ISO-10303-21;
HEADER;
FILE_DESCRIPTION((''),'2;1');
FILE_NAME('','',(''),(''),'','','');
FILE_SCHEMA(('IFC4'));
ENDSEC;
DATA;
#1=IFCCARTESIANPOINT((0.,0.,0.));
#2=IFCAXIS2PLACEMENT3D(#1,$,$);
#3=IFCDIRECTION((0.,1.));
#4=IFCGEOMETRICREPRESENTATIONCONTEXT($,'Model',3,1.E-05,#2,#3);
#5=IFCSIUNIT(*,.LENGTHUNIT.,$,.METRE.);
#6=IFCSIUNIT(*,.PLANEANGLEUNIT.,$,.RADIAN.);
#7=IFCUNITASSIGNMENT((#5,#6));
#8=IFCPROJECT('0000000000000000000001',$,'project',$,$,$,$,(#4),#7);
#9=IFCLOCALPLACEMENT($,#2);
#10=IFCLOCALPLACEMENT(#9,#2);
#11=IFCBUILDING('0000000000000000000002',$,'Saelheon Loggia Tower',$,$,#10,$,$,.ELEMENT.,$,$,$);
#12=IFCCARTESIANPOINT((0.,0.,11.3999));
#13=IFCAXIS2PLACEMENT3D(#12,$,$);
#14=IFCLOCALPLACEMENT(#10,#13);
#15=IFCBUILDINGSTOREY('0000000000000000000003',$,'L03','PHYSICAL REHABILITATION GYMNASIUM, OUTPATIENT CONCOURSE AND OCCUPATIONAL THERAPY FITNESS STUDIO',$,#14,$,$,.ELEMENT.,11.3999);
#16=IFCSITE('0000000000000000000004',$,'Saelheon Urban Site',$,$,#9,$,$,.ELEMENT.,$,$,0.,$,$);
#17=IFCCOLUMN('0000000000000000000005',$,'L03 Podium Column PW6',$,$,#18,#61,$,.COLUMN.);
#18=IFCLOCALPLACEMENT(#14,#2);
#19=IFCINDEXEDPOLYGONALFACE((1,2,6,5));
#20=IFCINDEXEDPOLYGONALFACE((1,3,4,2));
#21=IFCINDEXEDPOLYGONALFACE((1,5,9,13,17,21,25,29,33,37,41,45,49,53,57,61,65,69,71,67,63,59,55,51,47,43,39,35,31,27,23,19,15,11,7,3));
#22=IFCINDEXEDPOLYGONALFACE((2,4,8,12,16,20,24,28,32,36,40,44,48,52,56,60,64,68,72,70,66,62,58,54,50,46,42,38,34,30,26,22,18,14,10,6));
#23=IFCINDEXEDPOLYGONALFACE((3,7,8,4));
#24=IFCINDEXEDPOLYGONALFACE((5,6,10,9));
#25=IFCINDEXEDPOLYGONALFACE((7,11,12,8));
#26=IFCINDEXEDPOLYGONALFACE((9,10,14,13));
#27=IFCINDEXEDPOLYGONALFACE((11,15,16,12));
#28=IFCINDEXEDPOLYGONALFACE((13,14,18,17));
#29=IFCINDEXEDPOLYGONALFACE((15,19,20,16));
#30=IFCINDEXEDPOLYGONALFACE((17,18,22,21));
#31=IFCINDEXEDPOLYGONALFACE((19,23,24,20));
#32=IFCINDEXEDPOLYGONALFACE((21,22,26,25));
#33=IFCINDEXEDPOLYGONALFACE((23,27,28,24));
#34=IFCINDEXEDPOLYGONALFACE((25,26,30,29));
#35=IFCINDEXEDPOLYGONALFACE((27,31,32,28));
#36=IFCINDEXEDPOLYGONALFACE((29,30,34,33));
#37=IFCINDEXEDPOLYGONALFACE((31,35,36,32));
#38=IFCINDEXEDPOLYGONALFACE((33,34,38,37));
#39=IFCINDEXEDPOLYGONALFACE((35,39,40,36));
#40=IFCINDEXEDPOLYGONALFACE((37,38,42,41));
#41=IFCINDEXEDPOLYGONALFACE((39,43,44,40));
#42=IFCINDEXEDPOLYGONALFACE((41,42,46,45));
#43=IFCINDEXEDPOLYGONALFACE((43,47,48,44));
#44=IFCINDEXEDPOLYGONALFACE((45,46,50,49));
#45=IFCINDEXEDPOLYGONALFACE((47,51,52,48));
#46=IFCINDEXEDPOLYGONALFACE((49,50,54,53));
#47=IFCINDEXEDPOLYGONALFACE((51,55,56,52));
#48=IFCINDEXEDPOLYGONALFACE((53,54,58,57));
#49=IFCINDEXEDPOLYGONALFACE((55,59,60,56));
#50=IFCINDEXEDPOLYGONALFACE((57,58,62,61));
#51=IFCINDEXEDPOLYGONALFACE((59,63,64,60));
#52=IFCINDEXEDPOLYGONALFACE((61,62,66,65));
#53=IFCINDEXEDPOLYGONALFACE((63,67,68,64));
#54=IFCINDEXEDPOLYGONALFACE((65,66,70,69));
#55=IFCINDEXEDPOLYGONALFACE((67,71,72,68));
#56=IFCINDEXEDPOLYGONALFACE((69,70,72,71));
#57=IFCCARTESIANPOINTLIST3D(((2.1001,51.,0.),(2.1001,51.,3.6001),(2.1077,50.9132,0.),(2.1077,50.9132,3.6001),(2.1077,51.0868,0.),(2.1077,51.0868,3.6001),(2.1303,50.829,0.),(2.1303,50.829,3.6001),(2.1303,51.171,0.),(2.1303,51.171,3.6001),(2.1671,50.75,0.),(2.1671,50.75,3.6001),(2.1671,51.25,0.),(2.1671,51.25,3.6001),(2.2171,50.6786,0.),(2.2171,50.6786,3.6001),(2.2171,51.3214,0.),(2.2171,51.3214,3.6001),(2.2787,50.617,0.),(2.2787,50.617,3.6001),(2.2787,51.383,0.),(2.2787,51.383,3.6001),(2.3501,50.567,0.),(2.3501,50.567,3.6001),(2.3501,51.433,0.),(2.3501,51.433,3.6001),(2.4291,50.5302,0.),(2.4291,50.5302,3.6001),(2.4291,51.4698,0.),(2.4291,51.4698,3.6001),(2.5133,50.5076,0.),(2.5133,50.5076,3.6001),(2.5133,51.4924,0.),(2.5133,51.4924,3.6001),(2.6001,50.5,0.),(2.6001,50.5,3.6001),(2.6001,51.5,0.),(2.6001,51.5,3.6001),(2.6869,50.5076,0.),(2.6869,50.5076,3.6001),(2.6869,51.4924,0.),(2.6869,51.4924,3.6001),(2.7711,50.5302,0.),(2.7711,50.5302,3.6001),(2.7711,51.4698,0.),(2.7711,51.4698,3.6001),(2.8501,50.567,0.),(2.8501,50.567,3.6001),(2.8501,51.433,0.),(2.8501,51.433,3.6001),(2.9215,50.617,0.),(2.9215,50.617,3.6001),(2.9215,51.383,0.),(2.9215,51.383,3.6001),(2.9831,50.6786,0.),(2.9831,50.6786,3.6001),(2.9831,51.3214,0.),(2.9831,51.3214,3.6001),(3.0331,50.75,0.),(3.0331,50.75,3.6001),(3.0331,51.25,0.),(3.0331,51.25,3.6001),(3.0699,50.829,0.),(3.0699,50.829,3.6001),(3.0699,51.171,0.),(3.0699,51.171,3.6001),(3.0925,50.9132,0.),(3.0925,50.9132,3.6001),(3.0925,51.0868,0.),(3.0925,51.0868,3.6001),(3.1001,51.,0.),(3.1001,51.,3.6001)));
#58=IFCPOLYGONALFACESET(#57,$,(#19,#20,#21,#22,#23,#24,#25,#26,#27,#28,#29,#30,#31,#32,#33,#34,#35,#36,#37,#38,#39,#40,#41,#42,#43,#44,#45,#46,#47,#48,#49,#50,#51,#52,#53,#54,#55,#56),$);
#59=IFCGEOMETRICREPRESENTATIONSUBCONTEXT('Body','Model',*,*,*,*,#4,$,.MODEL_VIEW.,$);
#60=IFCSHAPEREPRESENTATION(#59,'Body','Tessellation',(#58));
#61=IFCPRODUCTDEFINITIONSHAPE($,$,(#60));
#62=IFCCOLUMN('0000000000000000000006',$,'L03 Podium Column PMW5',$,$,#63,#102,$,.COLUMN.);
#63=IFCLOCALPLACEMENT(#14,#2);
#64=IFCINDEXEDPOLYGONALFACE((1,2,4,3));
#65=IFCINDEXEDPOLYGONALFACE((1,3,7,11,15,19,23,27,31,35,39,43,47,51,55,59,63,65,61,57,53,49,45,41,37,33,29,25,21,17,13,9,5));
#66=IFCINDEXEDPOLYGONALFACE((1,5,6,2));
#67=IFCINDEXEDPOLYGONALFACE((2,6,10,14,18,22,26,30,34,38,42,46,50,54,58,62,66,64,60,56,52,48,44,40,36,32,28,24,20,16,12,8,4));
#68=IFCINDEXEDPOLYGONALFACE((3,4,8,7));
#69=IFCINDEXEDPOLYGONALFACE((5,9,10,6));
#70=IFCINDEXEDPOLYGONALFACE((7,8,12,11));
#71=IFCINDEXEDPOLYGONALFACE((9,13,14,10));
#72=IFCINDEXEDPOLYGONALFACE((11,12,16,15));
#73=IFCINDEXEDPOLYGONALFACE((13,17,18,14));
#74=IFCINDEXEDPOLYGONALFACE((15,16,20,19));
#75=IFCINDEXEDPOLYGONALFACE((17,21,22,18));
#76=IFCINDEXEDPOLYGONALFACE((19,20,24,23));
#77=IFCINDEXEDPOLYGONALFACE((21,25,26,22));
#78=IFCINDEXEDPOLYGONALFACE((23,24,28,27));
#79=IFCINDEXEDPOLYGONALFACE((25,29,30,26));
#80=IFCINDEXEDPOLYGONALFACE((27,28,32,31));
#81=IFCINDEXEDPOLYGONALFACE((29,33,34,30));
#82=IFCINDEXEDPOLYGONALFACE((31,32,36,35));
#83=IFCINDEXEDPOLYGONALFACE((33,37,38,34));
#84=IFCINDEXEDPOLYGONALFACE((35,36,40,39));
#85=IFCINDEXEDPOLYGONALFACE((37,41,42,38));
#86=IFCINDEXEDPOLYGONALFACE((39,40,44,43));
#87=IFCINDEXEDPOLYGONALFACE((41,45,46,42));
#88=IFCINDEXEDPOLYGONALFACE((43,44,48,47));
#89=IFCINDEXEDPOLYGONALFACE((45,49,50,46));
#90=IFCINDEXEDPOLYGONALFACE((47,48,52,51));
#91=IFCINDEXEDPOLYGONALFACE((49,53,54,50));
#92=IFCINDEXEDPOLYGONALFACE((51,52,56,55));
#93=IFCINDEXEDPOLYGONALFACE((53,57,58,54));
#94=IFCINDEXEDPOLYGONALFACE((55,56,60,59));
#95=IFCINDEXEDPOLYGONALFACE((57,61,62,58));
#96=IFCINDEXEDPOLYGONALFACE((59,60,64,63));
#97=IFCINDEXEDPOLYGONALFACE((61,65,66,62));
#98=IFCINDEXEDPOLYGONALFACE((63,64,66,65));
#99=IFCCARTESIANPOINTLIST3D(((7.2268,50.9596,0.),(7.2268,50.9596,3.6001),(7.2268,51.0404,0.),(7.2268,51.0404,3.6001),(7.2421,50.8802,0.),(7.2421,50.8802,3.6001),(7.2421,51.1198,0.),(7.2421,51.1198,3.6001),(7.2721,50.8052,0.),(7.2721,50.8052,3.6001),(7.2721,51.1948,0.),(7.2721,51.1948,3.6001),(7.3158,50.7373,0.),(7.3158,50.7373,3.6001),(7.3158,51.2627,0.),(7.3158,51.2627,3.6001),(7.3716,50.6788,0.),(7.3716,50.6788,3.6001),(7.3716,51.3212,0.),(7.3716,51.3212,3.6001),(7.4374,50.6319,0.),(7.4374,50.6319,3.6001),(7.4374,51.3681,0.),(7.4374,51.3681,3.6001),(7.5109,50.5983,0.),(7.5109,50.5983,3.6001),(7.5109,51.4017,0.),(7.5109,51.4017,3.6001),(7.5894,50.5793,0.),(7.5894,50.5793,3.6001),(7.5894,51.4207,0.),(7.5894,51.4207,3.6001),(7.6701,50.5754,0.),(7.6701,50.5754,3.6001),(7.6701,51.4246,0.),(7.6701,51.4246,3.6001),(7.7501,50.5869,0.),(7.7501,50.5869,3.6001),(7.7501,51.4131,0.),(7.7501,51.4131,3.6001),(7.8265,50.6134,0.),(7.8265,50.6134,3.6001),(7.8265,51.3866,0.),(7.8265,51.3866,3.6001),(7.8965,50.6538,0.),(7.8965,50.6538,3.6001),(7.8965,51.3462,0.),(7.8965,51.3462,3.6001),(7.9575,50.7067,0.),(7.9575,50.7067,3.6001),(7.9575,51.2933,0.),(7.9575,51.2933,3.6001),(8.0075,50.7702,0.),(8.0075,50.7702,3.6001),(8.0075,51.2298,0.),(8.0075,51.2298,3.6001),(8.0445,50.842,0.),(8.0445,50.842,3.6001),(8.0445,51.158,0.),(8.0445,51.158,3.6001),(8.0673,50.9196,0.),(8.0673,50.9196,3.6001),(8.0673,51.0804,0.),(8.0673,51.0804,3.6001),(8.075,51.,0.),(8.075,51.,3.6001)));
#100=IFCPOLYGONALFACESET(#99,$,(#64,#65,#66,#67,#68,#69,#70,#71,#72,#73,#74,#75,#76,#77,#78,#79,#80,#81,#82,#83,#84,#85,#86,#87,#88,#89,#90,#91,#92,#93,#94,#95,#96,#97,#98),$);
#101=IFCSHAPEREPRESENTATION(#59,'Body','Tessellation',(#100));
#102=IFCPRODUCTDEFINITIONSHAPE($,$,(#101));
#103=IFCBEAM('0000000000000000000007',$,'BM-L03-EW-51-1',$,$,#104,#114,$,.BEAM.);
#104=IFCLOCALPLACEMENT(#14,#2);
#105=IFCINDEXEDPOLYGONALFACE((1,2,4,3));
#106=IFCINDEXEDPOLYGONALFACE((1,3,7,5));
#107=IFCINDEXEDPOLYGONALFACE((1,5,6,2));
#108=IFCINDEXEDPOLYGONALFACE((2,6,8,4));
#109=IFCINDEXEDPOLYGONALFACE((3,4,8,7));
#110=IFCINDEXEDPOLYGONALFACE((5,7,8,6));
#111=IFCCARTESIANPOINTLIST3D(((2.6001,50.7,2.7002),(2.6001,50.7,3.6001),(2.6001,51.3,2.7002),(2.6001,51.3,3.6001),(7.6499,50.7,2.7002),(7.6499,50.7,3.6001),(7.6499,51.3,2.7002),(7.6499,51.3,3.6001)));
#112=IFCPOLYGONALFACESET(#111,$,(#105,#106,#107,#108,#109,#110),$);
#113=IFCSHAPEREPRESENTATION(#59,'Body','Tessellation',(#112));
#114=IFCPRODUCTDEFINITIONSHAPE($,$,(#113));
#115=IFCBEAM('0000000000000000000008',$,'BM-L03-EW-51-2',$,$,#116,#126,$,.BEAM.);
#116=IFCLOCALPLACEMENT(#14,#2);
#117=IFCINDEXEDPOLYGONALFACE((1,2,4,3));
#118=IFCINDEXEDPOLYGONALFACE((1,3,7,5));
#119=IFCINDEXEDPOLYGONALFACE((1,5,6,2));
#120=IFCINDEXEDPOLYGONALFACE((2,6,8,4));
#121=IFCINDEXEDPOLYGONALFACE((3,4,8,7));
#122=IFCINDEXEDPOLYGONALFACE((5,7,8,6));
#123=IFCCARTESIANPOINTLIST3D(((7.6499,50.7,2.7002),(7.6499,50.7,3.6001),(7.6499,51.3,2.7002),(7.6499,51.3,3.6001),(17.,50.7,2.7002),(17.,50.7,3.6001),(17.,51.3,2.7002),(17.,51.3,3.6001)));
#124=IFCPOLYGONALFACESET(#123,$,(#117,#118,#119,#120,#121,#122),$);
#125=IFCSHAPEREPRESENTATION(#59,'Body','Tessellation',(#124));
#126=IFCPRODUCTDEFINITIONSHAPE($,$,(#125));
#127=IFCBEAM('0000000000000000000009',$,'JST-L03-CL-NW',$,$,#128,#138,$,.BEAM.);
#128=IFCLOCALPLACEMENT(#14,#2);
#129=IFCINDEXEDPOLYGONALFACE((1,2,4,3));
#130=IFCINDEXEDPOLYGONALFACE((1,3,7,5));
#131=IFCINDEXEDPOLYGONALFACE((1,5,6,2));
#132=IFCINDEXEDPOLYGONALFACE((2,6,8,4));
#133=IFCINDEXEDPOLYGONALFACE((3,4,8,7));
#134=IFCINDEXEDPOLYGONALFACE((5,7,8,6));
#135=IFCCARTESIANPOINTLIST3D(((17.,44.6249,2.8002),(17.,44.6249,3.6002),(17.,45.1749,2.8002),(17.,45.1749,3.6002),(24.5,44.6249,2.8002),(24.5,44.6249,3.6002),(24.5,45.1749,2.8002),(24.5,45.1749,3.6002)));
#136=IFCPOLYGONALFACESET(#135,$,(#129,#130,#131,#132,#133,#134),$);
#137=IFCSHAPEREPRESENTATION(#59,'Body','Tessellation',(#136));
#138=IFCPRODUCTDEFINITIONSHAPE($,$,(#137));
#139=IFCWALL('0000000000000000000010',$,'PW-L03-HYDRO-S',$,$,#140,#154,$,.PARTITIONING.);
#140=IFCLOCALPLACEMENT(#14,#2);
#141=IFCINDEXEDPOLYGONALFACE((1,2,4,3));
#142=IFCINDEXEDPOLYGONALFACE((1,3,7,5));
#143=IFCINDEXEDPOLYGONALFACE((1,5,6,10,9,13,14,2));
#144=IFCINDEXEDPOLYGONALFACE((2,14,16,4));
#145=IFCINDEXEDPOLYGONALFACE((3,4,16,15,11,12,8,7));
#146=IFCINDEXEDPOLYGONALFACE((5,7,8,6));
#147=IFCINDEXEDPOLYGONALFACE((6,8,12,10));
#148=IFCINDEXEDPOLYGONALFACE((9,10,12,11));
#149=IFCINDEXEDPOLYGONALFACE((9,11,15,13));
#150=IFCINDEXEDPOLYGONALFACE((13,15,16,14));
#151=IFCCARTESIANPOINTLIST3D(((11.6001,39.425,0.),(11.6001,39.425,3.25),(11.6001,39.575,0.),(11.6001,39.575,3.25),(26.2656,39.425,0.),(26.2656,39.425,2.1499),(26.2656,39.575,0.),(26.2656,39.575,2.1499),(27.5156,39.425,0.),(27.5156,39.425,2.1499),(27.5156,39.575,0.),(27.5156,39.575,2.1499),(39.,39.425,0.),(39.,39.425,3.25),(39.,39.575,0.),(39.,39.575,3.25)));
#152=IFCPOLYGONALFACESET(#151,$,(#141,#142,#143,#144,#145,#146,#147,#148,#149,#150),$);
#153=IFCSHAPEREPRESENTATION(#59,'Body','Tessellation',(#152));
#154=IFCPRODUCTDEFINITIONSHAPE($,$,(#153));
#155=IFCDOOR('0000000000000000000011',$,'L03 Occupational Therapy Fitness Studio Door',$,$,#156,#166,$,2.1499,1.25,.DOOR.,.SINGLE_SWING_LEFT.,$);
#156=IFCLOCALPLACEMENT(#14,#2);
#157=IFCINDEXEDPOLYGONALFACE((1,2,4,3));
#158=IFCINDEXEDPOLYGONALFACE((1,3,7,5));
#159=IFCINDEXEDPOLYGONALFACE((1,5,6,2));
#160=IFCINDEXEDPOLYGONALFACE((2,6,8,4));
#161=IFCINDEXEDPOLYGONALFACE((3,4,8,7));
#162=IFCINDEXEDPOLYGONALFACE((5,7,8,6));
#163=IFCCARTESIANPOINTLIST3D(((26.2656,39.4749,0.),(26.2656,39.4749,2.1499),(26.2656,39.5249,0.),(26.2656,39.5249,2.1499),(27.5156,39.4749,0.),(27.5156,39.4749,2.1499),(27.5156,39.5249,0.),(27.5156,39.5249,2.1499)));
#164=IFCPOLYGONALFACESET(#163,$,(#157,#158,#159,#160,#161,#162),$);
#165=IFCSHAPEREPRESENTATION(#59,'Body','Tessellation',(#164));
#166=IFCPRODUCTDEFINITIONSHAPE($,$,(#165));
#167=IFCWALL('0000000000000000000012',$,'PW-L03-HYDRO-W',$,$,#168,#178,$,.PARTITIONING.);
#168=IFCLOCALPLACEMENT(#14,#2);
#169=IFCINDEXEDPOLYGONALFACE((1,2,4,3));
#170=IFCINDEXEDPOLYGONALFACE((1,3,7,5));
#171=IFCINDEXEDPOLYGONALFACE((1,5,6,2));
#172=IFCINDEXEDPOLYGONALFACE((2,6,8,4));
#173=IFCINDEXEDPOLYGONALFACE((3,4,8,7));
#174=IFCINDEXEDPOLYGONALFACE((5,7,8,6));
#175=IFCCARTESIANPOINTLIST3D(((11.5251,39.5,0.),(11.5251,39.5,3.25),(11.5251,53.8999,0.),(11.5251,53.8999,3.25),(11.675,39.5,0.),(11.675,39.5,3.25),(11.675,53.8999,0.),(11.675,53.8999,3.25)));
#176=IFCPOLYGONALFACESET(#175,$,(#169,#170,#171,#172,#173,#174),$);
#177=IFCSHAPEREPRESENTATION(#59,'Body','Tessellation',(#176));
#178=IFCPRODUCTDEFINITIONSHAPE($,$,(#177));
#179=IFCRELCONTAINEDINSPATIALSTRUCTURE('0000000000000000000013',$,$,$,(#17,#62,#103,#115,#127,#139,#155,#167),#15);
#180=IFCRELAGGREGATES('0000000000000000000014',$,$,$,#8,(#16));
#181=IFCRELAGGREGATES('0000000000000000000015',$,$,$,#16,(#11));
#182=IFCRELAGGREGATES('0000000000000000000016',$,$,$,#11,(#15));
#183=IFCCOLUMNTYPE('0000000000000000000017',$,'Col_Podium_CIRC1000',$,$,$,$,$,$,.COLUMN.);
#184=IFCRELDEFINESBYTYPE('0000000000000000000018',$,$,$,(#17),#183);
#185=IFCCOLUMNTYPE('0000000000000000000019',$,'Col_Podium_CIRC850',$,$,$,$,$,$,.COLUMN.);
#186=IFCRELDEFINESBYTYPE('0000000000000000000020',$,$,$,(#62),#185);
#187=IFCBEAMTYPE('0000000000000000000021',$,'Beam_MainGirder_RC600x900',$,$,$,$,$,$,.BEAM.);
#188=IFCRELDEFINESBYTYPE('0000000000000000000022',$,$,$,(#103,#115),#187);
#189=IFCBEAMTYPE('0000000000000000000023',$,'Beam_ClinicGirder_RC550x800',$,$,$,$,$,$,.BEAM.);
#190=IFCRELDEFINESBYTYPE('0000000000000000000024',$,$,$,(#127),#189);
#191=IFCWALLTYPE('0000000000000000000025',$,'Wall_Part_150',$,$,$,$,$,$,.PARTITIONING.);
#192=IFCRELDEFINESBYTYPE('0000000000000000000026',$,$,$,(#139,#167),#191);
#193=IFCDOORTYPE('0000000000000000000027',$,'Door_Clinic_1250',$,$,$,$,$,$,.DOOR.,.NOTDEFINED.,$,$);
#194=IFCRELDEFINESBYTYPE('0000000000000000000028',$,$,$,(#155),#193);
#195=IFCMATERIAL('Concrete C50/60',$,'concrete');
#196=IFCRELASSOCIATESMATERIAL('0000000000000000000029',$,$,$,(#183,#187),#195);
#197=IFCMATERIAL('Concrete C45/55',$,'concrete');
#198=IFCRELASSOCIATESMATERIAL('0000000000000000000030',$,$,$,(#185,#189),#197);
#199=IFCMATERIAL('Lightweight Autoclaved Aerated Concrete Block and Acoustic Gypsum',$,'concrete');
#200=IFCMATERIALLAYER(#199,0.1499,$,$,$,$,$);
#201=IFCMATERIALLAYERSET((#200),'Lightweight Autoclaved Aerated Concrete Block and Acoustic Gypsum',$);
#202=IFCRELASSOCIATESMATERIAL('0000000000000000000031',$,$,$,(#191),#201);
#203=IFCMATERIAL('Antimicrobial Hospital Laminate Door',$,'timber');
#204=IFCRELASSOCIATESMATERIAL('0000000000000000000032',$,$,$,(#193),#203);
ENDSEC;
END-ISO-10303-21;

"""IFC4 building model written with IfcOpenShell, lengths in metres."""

from ifc_helpers import new_model, si_unit, direction, frame, frame_2d, origin, origin_2d, place, context, subcontext, project, spatial, rectangle, circle, extrude, source, transform, mapped, material, layer, layer_set, material_profile, profile_set, type_object, element, fill, save


model = new_model("IFC4")

# Units and contexts
model_context = context("Model", 3, precision=1e-05, world=origin(), true_north=direction((0.0, 1.0)))
body_context = subcontext(model_context, "Body", "Model", "MODEL_VIEW")
ifc_project = project(units=[si_unit("LENGTHUNIT", "METRE"), si_unit("PLANEANGLEUNIT", "RADIAN")], contexts=[model_context])

# Site, building, storey
site_placement = place(None, origin())
site = spatial("IfcSite", under=ifc_project, at=site_placement, Name="Saelheon Urban Site", CompositionType="ELEMENT", RefElevation=0.0)
building_placement = place(site_placement, origin())
building = spatial("IfcBuilding", under=site, at=building_placement, Name="Saelheon Loggia Tower", CompositionType="ELEMENT")
storey_placement = place(building_placement, frame((0.0, 0.0, 11.3999)))
storey = spatial("IfcBuildingStorey", under=building, at=storey_placement, Name="L03", Description="PHYSICAL REHABILITATION GYMNASIUM, OUTPATIENT CONCOURSE AND OCCUPATIONAL THERAPY FITNESS STUDIO", CompositionType="ELEMENT", Elevation=11.3999)

# Columns
ifc_material_1 = material(Name="Concrete C50/60", Category="concrete")
ifc_material_profile_1 = material_profile(ifc_material_1, circle(Radius=0.5, at=origin_2d()), Name="CIRC-1000")
ifc_profile_set_1 = profile_set([ifc_material_profile_1], Name="Concrete C50/60")
column_type_1 = type_object("IfcColumnType", Name="Col_Podium_CIRC1000", PredefinedType="COLUMN", material=ifc_profile_set_1)
shared_shape_1 = source(origin(), body_context, "Body", "SweptSolid", [
    extrude(circle(Radius=0.5, at=origin_2d()), origin(), (0.0, 0.0, 1.0), 3.6001),
])
column_1_placement = place(storey_placement, frame((2.6001, 51.0, 0.0), z_axis=(0.0, 0.0, 1.0), x_axis=(1.0, 0.0, 0.0)))
element("IfcColumn", 1, at=column_1_placement, inside=storey, type_object=column_type_1, Name="L03 Podium Column PW6", PredefinedType="COLUMN", context=body_context, shape_type="MappedRepresentation", body=[
    mapped(shared_shape_1, transform((0.0, 0.0, 0.0), scale=1.0)),
])
ifc_material_2 = material(Name="Concrete C45/55", Category="concrete")
ifc_material_profile_2 = material_profile(ifc_material_2, circle(Radius=0.425, at=origin_2d()), Name="CIRC-850")
ifc_profile_set_2 = profile_set([ifc_material_profile_2], Name="Concrete C45/55")
column_type_2 = type_object("IfcColumnType", Name="Col_Podium_CIRC850", PredefinedType="COLUMN", material=ifc_profile_set_2)
shared_shape_2 = source(origin(), body_context, "Body", "SweptSolid", [
    extrude(circle(Radius=0.425, at=origin_2d()), origin(), (0.0, 0.0, 1.0), 3.6001),
])
column_2_placement = place(storey_placement, frame((7.6499, 51.0, 0.0), z_axis=(0.0, 0.0, 1.0), x_axis=(1.0, 0.0, 0.0)))
element("IfcColumn", 2, at=column_2_placement, inside=storey, type_object=column_type_2, Name="L03 Podium Column PMW5", PredefinedType="COLUMN", context=body_context, shape_type="MappedRepresentation", body=[
    mapped(shared_shape_2, transform((0.0, 0.0, 0.0), scale=1.0)),
])

# Beams
ifc_material_profile_3 = material_profile(ifc_material_1, rectangle(XDim=0.6001, YDim=0.8999, at=origin_2d()), Name="RC-600x900")
ifc_profile_set_3 = profile_set([ifc_material_profile_3], Name="Concrete C50/60")
beam_type_1 = type_object("IfcBeamType", Name="Beam_MainGirder_RC600x900", PredefinedType="BEAM", material=ifc_profile_set_3)
shared_shape_3 = source(origin(), body_context, "Body", "SweptSolid", [
    extrude(rectangle(XDim=0.6001, YDim=0.8999, at=origin_2d()), origin(), (0.0, 0.0, 1.0), 5.0498),
])
beam_1_placement = place(storey_placement, frame((2.6001, 51.0, 3.1501), z_axis=(1.0, 0.0, 0.0), x_axis=(0.0, 1.0, 0.0)))
element("IfcBeam", 3, at=beam_1_placement, inside=storey, type_object=beam_type_1, Name="BM-L03-EW-51-1", PredefinedType="BEAM", context=body_context, shape_type="MappedRepresentation", body=[
    mapped(shared_shape_3, transform((0.0, 0.0, 0.0), scale=1.0)),
])
shared_shape_4 = source(origin(), body_context, "Body", "SweptSolid", [
    extrude(rectangle(XDim=0.6001, YDim=0.8999, at=origin_2d()), origin(), (0.0, 0.0, 1.0), 9.3501),
])
beam_2_placement = place(storey_placement, frame((7.6499, 51.0, 3.1501), z_axis=(1.0, 0.0, 0.0), x_axis=(0.0, 1.0, 0.0)))
element("IfcBeam", 4, at=beam_2_placement, inside=storey, type_object=beam_type_1, Name="BM-L03-EW-51-2", PredefinedType="BEAM", context=body_context, shape_type="MappedRepresentation", body=[
    mapped(shared_shape_4, transform((0.0, 0.0, 0.0), scale=1.0)),
])
ifc_material_profile_4 = material_profile(ifc_material_2, rectangle(XDim=0.55, YDim=0.8, at=origin_2d()), Name="RC-550x800")
ifc_profile_set_4 = profile_set([ifc_material_profile_4], Name="Concrete C45/55")
beam_type_2 = type_object("IfcBeamType", Name="Beam_ClinicGirder_RC550x800", PredefinedType="BEAM", material=ifc_profile_set_4)
shared_shape_5 = source(origin(), body_context, "Body", "SweptSolid", [
    extrude(rectangle(XDim=0.55, YDim=0.8, at=origin_2d()), origin(), (0.0, 0.0, 1.0), 7.5),
])
beam_3_placement = place(storey_placement, frame((17.0, 44.8999, 3.2002), z_axis=(1.0, 0.0, 0.0), x_axis=(0.0, 1.0, 0.0)))
element("IfcBeam", 5, at=beam_3_placement, inside=storey, type_object=beam_type_2, Name="JST-L03-CL-NW", PredefinedType="BEAM", context=body_context, shape_type="MappedRepresentation", body=[
    mapped(shared_shape_5, transform((0.0, 0.0, 0.0), scale=1.0)),
])

# Wall, opening, door
ifc_material_3 = material(Name="Lightweight Autoclaved Aerated Concrete Block and Acoustic Gypsum", Category="concrete")
ifc_layer_1 = layer(ifc_material_3, 0.1499)
ifc_layer_set_1 = layer_set([ifc_layer_1], Name="Lightweight Autoclaved Aerated Concrete Block and Acoustic Gypsum")
wall_type_1 = type_object("IfcWallType", Name="Wall_Part_150", PredefinedType="PARTITIONING", material=ifc_layer_set_1)
wall_1_placement = place(storey_placement, frame((11.6001, 39.5, 0.0), z_axis=(0.0, 0.0, 1.0), x_axis=(1.0, 0.0, 0.0)))
wall_1 = element("IfcWall", 6, at=wall_1_placement, inside=storey, type_object=wall_type_1, Name="PW-L03-HYDRO-S", PredefinedType="PARTITIONING", context=body_context, shape_type="SweptSolid", body=[
    extrude(rectangle(XDim=27.3999, YDim=0.1499, at=frame_2d((13.7, 0.0))), origin(), (0.0, 0.0, 1.0), 3.25),
])
opening_1_placement = place(wall_1_placement, frame((14.6655, 0.0, 0.0)))
opening_1 = element("IfcOpeningElement", 7, at=opening_1_placement, cuts=wall_1, PredefinedType="OPENING", context=body_context, shape_type="SweptSolid", body=[
    extrude(rectangle(XDim=1.25, YDim=2.1499, at=frame_2d((0.625, 1.075))), frame((0.0, 0.0869, 0.0), z_axis=(0.0, -1.0, 0.0), x_axis=(1.0, 0.0, 0.0)), (0.0, 0.0, 1.0), 0.1738),
])
ifc_material_4 = material(Name="Antimicrobial Hospital Laminate Door", Category="timber")
door_type_1 = type_object("IfcDoorType", Name="Door_Clinic_1250", OperationType="NOTDEFINED", PredefinedType="DOOR", material=ifc_material_4)
shared_shape_6 = source(origin(), body_context, "Body", "SweptSolid", [
    extrude(rectangle(XDim=1.25, YDim=2.1499, at=frame_2d((0.625, 1.075))), frame((0.0, 0.0249, 0.0), z_axis=(0.0, -1.0, 0.0), x_axis=(1.0, 0.0, 0.0)), (0.0, 0.0, 1.0), 0.05),
])
door_1_placement = place(opening_1_placement, origin())
door_1 = element("IfcDoor", 8, at=door_1_placement, inside=storey, type_object=door_type_1, Name="L03 Occupational Therapy Fitness Studio Door", OperationType="SINGLE_SWING_LEFT", OverallHeight=2.1499, OverallWidth=1.25, PredefinedType="DOOR", context=body_context, shape_type="MappedRepresentation", body=[
    mapped(shared_shape_6, transform((0.0, 0.0, 0.0), scale=1.0)),
])
fill(opening_1, door_1)

# Wall
wall_2_placement = place(storey_placement, frame((11.6001, 39.5, 0.0), z_axis=(0.0, 0.0, 1.0), x_axis=(0.0, 1.0, 0.0)))
element("IfcWall", 9, at=wall_2_placement, inside=storey, type_object=wall_type_1, Name="PW-L03-HYDRO-W", PredefinedType="PARTITIONING", context=body_context, shape_type="SweptSolid", body=[
    extrude(rectangle(XDim=14.3999, YDim=0.1499, at=frame_2d((7.2, 0.0))), origin(), (0.0, 0.0, 1.0), 3.25),
])

save(model, "model.ifc")
